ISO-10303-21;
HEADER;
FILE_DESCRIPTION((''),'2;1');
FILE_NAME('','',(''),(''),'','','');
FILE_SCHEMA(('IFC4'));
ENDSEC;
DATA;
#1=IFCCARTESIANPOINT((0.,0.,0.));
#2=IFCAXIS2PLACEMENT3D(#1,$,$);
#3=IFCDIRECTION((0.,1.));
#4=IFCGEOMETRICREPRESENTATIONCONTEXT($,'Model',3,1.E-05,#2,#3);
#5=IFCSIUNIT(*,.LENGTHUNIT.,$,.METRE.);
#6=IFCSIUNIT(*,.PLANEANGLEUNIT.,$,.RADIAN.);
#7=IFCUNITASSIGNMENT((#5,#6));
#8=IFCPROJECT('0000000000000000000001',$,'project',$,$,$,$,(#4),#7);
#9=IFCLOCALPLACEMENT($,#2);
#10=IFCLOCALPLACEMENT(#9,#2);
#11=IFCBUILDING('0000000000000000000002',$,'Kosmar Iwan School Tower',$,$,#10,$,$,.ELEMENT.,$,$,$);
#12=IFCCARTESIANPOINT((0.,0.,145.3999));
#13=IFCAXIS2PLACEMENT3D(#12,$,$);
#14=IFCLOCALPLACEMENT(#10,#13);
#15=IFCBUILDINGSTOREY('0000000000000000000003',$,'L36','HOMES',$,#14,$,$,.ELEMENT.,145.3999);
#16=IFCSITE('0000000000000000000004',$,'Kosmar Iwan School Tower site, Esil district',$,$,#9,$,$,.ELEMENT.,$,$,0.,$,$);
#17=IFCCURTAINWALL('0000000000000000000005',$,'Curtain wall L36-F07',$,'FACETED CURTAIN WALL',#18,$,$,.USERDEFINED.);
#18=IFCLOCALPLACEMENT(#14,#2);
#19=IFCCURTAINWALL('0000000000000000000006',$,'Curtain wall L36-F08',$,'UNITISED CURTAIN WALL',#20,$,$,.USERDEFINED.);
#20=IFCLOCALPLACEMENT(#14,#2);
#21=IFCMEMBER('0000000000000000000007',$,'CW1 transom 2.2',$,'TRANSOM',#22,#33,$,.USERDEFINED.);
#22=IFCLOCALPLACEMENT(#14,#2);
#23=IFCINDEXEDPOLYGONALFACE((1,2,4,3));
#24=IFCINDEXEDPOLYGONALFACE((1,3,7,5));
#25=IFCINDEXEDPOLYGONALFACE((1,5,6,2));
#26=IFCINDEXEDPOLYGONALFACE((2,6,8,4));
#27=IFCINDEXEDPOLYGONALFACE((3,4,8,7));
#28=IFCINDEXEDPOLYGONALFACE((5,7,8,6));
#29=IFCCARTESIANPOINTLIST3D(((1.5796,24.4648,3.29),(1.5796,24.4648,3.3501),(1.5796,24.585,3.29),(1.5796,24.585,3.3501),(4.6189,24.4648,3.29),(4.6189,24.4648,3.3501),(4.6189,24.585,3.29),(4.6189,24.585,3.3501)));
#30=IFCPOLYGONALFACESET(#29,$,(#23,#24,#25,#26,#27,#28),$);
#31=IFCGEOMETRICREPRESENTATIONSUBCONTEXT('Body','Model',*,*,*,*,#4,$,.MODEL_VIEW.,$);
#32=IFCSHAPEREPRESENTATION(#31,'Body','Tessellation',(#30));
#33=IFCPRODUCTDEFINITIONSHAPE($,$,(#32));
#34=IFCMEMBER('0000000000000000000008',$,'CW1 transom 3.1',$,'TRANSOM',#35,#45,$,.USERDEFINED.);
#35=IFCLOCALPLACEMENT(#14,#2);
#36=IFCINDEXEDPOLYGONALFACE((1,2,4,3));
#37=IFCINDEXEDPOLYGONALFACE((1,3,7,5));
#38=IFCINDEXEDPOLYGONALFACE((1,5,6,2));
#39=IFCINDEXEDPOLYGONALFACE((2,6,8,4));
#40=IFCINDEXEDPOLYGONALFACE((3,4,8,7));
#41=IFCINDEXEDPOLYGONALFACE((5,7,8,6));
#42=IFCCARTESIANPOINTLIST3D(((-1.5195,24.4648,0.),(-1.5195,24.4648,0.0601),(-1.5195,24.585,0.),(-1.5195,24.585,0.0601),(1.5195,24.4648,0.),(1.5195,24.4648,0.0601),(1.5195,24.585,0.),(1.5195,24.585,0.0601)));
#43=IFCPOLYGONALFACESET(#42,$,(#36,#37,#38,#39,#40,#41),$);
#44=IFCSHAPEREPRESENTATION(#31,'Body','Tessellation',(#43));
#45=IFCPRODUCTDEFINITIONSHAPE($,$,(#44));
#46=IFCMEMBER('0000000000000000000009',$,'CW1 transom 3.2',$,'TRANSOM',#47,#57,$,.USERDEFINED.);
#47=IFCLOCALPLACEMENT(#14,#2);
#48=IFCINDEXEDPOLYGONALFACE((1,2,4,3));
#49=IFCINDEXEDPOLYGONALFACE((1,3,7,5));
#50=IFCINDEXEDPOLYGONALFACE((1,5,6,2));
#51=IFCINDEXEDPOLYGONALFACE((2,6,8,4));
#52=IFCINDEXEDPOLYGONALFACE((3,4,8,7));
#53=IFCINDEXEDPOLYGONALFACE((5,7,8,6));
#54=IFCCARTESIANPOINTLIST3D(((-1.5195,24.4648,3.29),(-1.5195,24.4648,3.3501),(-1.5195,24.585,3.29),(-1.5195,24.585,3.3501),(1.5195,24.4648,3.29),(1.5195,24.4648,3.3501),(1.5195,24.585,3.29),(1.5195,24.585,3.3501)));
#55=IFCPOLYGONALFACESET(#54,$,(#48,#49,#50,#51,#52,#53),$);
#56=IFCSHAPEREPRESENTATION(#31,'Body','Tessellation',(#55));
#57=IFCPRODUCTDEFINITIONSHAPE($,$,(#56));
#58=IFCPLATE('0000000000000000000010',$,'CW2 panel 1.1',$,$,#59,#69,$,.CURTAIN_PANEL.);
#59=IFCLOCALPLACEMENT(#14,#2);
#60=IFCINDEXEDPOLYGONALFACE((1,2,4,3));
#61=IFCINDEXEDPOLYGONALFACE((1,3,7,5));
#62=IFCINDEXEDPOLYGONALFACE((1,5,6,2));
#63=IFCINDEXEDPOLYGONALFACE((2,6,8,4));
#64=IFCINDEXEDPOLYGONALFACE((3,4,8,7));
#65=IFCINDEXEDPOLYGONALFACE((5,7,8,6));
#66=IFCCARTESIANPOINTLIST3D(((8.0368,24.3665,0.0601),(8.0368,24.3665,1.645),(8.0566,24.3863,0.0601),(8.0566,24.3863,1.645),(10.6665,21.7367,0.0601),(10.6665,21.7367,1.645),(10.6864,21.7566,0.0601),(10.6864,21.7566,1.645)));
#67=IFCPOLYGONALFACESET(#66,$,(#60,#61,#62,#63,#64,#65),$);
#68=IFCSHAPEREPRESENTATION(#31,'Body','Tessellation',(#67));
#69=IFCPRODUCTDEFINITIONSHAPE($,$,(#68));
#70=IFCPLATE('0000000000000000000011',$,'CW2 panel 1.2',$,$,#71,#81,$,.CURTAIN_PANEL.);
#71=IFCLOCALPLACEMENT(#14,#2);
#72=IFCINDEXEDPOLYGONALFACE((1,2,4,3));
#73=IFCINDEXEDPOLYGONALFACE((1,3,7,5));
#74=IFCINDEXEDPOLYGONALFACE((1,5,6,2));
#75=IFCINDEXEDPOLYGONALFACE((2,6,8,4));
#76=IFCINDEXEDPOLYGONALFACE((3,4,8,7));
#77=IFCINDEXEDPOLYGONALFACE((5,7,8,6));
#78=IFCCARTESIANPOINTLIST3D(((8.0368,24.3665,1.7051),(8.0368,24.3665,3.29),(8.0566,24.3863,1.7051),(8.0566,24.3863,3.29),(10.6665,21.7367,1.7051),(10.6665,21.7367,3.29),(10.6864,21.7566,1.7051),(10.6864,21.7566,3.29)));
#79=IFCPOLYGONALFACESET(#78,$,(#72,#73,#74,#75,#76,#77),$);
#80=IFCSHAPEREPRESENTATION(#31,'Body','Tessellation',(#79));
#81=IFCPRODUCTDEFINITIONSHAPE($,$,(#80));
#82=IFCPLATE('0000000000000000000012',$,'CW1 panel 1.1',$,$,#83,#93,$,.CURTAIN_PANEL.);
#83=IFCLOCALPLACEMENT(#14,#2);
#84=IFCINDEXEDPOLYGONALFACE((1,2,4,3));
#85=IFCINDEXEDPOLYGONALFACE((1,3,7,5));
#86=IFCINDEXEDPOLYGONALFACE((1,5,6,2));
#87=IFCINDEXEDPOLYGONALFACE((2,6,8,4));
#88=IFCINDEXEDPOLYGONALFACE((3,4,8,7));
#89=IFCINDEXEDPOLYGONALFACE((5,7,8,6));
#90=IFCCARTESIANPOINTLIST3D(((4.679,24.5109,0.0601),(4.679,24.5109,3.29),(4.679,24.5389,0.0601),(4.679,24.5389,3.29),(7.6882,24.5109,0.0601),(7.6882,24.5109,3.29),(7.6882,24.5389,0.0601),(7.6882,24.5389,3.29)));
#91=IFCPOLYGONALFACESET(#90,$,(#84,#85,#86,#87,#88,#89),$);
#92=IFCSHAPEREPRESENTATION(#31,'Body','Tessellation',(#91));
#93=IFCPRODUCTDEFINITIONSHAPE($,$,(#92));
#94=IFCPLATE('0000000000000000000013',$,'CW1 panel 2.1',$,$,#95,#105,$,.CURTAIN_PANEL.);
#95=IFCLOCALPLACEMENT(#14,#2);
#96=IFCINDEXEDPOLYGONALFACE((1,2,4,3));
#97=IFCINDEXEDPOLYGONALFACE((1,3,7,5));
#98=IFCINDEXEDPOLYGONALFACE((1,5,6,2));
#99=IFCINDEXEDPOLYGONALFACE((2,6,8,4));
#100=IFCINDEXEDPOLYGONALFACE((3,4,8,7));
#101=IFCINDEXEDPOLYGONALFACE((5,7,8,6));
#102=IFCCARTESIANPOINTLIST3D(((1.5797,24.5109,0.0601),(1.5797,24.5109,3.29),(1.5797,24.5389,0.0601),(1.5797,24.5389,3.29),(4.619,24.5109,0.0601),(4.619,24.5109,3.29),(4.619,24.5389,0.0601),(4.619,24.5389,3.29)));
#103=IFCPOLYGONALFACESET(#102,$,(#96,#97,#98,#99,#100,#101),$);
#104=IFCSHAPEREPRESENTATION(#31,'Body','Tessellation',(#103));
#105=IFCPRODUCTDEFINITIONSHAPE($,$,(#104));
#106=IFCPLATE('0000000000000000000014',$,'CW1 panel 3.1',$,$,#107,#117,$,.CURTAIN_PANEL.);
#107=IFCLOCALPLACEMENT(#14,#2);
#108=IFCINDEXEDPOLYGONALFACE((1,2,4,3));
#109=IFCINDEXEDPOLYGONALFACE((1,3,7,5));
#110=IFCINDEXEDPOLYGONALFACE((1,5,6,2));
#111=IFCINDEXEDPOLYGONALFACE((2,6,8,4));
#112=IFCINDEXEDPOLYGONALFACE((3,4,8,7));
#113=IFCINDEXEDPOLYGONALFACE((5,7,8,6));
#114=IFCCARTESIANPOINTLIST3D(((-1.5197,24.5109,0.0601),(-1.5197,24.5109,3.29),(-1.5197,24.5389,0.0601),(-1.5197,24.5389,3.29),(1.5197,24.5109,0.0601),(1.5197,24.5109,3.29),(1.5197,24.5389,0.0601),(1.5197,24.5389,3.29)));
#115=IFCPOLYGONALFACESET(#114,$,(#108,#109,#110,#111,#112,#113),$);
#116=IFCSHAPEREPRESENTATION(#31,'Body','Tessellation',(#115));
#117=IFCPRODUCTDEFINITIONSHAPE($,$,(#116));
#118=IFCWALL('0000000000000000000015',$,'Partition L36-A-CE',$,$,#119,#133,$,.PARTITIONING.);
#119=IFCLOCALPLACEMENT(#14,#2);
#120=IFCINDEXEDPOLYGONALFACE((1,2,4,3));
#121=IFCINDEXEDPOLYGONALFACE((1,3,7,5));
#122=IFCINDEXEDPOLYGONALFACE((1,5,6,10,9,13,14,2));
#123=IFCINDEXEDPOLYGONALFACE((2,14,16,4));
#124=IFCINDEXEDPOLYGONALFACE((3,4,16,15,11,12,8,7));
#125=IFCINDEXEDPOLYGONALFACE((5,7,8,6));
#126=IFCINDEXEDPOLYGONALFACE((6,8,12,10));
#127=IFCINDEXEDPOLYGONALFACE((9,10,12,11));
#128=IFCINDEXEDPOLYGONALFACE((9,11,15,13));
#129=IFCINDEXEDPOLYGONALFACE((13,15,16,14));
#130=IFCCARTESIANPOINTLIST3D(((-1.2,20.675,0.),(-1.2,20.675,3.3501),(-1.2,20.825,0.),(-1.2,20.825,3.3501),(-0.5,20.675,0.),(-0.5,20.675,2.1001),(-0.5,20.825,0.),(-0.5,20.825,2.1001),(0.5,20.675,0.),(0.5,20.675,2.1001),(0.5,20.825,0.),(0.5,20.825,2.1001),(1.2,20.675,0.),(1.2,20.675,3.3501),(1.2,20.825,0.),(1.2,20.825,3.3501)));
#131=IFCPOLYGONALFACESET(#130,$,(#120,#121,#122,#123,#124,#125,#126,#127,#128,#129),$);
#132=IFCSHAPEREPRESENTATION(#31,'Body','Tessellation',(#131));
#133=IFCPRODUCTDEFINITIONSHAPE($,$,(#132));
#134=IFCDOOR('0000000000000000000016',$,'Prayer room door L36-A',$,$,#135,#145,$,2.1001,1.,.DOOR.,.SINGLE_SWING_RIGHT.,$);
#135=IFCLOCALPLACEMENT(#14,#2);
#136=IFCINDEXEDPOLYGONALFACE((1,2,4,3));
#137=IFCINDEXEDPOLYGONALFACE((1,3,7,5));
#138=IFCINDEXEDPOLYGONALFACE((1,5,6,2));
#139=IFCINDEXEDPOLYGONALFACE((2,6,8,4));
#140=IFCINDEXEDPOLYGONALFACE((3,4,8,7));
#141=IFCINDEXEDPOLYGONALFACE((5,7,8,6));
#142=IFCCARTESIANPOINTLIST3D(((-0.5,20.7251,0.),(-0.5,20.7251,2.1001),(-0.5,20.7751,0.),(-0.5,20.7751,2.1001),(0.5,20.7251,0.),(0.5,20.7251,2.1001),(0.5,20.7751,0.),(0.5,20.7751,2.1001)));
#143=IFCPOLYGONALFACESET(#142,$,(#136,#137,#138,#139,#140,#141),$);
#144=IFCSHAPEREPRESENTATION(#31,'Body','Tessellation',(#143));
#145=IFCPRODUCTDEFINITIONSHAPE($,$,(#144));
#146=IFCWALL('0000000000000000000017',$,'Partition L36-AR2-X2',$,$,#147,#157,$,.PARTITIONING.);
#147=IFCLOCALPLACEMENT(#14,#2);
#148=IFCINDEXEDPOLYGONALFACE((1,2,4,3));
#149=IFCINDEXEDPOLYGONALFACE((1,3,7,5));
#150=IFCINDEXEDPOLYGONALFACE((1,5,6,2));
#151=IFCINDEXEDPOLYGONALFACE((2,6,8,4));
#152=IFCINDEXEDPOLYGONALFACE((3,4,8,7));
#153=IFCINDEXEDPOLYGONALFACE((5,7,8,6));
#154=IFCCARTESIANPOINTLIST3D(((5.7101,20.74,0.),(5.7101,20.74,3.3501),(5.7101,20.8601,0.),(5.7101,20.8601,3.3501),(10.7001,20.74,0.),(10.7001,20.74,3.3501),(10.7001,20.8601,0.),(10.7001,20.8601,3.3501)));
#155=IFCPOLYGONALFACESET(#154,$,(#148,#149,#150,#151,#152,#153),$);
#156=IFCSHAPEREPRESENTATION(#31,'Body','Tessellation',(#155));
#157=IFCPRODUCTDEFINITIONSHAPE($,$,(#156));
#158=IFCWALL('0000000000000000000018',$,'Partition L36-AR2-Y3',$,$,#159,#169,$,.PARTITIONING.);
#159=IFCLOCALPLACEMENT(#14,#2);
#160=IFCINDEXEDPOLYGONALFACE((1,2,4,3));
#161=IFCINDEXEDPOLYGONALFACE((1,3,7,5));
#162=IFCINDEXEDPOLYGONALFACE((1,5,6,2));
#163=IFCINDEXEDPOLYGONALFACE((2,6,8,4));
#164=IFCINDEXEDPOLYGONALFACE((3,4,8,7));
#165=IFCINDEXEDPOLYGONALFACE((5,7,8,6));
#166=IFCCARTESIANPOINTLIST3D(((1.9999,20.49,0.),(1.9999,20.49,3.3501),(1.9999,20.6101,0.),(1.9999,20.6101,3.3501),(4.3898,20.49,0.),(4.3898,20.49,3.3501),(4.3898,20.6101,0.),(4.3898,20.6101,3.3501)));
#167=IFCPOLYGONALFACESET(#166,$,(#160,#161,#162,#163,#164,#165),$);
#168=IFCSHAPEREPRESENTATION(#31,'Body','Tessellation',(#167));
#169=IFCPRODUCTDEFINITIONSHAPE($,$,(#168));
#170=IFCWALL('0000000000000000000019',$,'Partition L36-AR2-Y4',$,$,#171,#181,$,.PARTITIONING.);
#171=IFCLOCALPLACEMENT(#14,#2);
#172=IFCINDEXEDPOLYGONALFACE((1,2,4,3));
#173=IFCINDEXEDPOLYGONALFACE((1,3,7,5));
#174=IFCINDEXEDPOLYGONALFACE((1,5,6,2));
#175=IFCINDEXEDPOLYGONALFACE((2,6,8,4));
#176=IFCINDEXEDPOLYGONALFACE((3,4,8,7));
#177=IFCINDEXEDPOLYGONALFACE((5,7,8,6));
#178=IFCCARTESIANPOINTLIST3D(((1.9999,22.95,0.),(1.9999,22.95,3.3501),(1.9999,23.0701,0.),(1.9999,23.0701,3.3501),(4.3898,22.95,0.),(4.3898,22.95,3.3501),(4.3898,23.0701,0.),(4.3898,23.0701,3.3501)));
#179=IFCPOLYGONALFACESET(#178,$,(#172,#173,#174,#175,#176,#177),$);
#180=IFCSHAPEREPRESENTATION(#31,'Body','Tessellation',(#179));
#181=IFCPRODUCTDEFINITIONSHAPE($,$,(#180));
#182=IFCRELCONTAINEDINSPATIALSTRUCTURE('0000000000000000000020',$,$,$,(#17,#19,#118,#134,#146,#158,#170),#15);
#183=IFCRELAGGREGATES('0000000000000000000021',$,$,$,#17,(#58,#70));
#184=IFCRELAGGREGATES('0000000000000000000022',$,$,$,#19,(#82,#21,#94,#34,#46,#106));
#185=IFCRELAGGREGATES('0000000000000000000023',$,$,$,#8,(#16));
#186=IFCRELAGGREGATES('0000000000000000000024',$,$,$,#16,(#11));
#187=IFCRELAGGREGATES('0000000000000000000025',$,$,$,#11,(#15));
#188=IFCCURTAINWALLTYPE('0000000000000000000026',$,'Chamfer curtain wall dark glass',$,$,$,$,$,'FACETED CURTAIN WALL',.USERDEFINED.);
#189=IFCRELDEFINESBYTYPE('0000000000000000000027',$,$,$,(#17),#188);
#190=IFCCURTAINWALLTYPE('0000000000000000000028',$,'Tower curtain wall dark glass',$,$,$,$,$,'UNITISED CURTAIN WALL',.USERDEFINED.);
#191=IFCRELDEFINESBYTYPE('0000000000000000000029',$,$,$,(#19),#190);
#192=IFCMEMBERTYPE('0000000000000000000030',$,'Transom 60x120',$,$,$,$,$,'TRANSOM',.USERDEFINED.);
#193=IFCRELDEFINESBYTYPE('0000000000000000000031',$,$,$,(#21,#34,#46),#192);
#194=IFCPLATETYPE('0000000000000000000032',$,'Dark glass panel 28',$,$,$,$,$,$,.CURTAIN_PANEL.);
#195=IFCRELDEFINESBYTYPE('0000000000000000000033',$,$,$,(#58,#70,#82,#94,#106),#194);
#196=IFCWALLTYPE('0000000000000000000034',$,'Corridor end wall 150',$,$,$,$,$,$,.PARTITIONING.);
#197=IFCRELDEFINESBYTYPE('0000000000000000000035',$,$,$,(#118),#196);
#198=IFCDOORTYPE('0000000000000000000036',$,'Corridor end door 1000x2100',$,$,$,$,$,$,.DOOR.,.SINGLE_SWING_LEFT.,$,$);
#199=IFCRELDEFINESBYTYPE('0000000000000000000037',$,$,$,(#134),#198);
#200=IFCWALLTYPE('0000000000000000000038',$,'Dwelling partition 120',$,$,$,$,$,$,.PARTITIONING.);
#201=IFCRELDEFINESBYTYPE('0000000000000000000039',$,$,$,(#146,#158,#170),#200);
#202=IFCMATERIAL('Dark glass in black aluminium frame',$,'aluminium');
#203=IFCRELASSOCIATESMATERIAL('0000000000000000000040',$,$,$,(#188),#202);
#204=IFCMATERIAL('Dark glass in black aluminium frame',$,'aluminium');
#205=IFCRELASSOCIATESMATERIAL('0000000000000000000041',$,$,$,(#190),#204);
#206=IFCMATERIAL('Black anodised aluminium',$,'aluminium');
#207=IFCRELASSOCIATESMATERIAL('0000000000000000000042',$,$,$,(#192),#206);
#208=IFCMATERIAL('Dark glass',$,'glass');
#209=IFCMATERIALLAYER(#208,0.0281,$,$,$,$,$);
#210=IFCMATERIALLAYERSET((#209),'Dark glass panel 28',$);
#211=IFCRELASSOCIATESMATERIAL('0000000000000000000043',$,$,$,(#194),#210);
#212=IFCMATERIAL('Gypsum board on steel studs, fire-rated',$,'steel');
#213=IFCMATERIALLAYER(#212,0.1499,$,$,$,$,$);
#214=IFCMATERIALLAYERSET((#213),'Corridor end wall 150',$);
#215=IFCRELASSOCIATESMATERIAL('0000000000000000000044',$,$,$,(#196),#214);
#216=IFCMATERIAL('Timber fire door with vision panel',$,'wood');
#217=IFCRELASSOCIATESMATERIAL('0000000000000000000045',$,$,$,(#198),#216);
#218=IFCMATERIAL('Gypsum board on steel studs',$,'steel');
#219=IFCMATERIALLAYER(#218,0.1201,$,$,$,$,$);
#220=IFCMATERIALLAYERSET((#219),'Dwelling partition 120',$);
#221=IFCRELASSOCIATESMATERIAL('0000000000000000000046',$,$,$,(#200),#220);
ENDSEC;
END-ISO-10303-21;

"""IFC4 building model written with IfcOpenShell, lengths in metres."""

from ifc_helpers import new_model, si_unit, direction, frame, frame_2d, origin, origin_2d, place, context, subcontext, project, spatial, rectangle, extrude, material, layer, layer_set, material_profile, profile_set, type_object, element, fill, aggregate, save


model = new_model("IFC4")

# Units and contexts
model_context = context("Model", 3, precision=1e-05, world=origin(), true_north=direction((0.0, 1.0)))
body_context = subcontext(model_context, "Body", "Model", "MODEL_VIEW")
ifc_project = project(units=[si_unit("LENGTHUNIT", "METRE"), si_unit("PLANEANGLEUNIT", "RADIAN")], contexts=[model_context])

# Site, building, storey
site_placement = place(None, origin())
site = spatial("IfcSite", under=ifc_project, at=site_placement, Name="Kosmar Iwan School Tower site, Esil district", CompositionType="ELEMENT", RefElevation=0.0)
building_placement = place(site_placement, origin())
building = spatial("IfcBuilding", under=site, at=building_placement, Name="Kosmar Iwan School Tower", CompositionType="ELEMENT")
storey_placement = place(building_placement, frame((0.0, 0.0, 145.3999)))
storey = spatial("IfcBuildingStorey", under=building, at=storey_placement, Name="L36", Description="HOMES", CompositionType="ELEMENT", Elevation=145.3999)

# Curtain walls
ifc_material_1 = material(Name="Dark glass in black aluminium frame", Category="aluminium")
curtain_wall_type_1 = type_object("IfcCurtainWallType", Name="Chamfer curtain wall dark glass", ElementType="FACETED CURTAIN WALL", PredefinedType="USERDEFINED", material=ifc_material_1)
curtain_wall_1_placement = place(storey_placement, origin())
curtain_wall_1 = element("IfcCurtainWall", 1, at=curtain_wall_1_placement, inside=storey, type_object=curtain_wall_type_1, Name="Curtain wall L36-F07", ObjectType="FACETED CURTAIN WALL", PredefinedType="USERDEFINED")
ifc_material_2 = material(Name="Dark glass in black aluminium frame", Category="aluminium")
curtain_wall_type_2 = type_object("IfcCurtainWallType", Name="Tower curtain wall dark glass", ElementType="UNITISED CURTAIN WALL", PredefinedType="USERDEFINED", material=ifc_material_2)
curtain_wall_2_placement = place(storey_placement, origin())
curtain_wall_2 = element("IfcCurtainWall", 2, at=curtain_wall_2_placement, inside=storey, type_object=curtain_wall_type_2, Name="Curtain wall L36-F08", ObjectType="UNITISED CURTAIN WALL", PredefinedType="USERDEFINED")

# Members
ifc_material_3 = material(Name="Black anodised aluminium", Category="aluminium")
ifc_material_profile_1 = material_profile(ifc_material_3, rectangle(XDim=0.1201, YDim=0.0601, at=origin_2d()), Name="TRANSOM 60x120")
ifc_profile_set_1 = profile_set([ifc_material_profile_1], Name="Black anodised aluminium")
member_type_1 = type_object("IfcMemberType", Name="Transom 60x120", ElementType="TRANSOM", PredefinedType="USERDEFINED", material=ifc_profile_set_1)
member_1_placement = place(storey_placement, frame((4.6189, 24.5249, 3.3201), z_axis=(-1.0, 0.0, 0.0), x_axis=(0.0, -1.0, 0.0)))
member_1 = element("IfcMember", 3, at=member_1_placement, type_object=member_type_1, Name="CW1 transom 2.2", ObjectType="TRANSOM", PredefinedType="USERDEFINED", context=body_context, shape_type="SweptSolid", body=[
    extrude(rectangle(XDim=0.1201, YDim=0.0601, at=origin_2d()), origin(), (0.0, 0.0, 1.0), 3.0393),
])
member_2_placement = place(storey_placement, frame((1.5195, 24.5249, 0.03), z_axis=(-1.0, 0.0, 0.0), x_axis=(0.0, -1.0, 0.0)))
member_2 = element("IfcMember", 4, at=member_2_placement, type_object=member_type_1, Name="CW1 transom 3.1", ObjectType="TRANSOM", PredefinedType="USERDEFINED", context=body_context, shape_type="SweptSolid", body=[
    extrude(rectangle(XDim=0.1201, YDim=0.0601, at=origin_2d()), origin(), (0.0, 0.0, 1.0), 3.0391),
])
member_3_placement = place(storey_placement, frame((1.5195, 24.5249, 3.3201), z_axis=(-1.0, 0.0, 0.0), x_axis=(0.0, -1.0, 0.0)))
member_3 = element("IfcMember", 5, at=member_3_placement, type_object=member_type_1, Name="CW1 transom 3.2", ObjectType="TRANSOM", PredefinedType="USERDEFINED", context=body_context, shape_type="SweptSolid", body=[
    extrude(rectangle(XDim=0.1201, YDim=0.0601, at=origin_2d()), origin(), (0.0, 0.0, 1.0), 3.0391),
])

# Plates
ifc_material_4 = material(Name="Dark glass", Category="glass")
ifc_layer_1 = layer(ifc_material_4, 0.0281)
ifc_layer_set_1 = layer_set([ifc_layer_1], Name="Dark glass panel 28")
plate_type = type_object("IfcPlateType", Name="Dark glass panel 28", PredefinedType="CURTAIN_PANEL", material=ifc_layer_set_1)
plate_1_placement = place(storey_placement, frame((9.3616, 23.0615, 0.0601), z_axis=(0.0, 0.0, 1.0), x_axis=(-0.707107, 0.707107, 0.0)))
plate_1 = element("IfcPlate", 6, at=plate_1_placement, type_object=plate_type, Name="CW2 panel 1.1", PredefinedType="CURTAIN_PANEL", context=body_context, shape_type="SweptSolid", body=[
    extrude(rectangle(XDim=3.719, YDim=0.0281, at=origin_2d()), origin(), (0.0, 0.0, 1.0), 1.585),
])
plate_2_placement = place(storey_placement, frame((9.3616, 23.0615, 1.7051), z_axis=(0.0, 0.0, 1.0), x_axis=(-0.707107, 0.707107, 0.0)))
plate_2 = element("IfcPlate", 7, at=plate_2_placement, type_object=plate_type, Name="CW2 panel 1.2", PredefinedType="CURTAIN_PANEL", context=body_context, shape_type="SweptSolid", body=[
    extrude(rectangle(XDim=3.719, YDim=0.0281, at=origin_2d()), origin(), (0.0, 0.0, 1.0), 1.585),
])
aggregate(curtain_wall_1, [plate_1, plate_2])
plate_3_placement = place(storey_placement, frame((6.1836, 24.5249, 0.0601), z_axis=(0.0, 0.0, 1.0), x_axis=(-1.0, 0.0, 0.0)))
plate_3 = element("IfcPlate", 8, at=plate_3_placement, type_object=plate_type, Name="CW1 panel 1.1", PredefinedType="CURTAIN_PANEL", context=body_context, shape_type="SweptSolid", body=[
    extrude(rectangle(XDim=3.0093, YDim=0.0281, at=origin_2d()), origin(), (0.0, 0.0, 1.0), 3.23),
])
plate_4_placement = place(storey_placement, frame((3.0994, 24.5249, 0.0601), z_axis=(0.0, 0.0, 1.0), x_axis=(-1.0, 0.0, 0.0)))
plate_4 = element("IfcPlate", 9, at=plate_4_placement, type_object=plate_type, Name="CW1 panel 2.1", PredefinedType="CURTAIN_PANEL", context=body_context, shape_type="SweptSolid", body=[
    extrude(rectangle(XDim=3.0393, YDim=0.0281, at=origin_2d()), origin(), (0.0, 0.0, 1.0), 3.23),
])
plate_5_placement = place(storey_placement, frame((0.0, 24.5249, 0.0601), z_axis=(0.0, 0.0, 1.0), x_axis=(-1.0, 0.0, 0.0)))
plate_5 = element("IfcPlate", 10, at=plate_5_placement, type_object=plate_type, Name="CW1 panel 3.1", PredefinedType="CURTAIN_PANEL", context=body_context, shape_type="SweptSolid", body=[
    extrude(rectangle(XDim=3.0393, YDim=0.0281, at=origin_2d()), origin(), (0.0, 0.0, 1.0), 3.23),
])
aggregate(curtain_wall_2, [plate_3, member_1, plate_4, member_2, member_3, plate_5])

# Wall, opening, door
ifc_material_5 = material(Name="Gypsum board on steel studs, fire-rated", Category="steel")
ifc_layer_2 = layer(ifc_material_5, 0.1499)
ifc_layer_set_2 = layer_set([ifc_layer_2], Name="Corridor end wall 150")
wall_type_1 = type_object("IfcWallType", Name="Corridor end wall 150", PredefinedType="PARTITIONING", material=ifc_layer_set_2)
wall_1_placement = place(storey_placement, frame((1.2, 20.75, 0.0), z_axis=(0.0, 0.0, 1.0), x_axis=(-1.0, 0.0, 0.0)))
wall_1 = element("IfcWall", 11, at=wall_1_placement, inside=storey, type_object=wall_type_1, Name="Partition L36-A-CE", PredefinedType="PARTITIONING", context=body_context, shape_type="SweptSolid", body=[
    extrude(rectangle(XDim=2.3999, YDim=0.1499, at=frame_2d((1.2, 0.0))), origin(), (0.0, 0.0, 1.0), 3.3501),
])
opening_placement = place(wall_1_placement, frame((0.7, 0.0, 0.0)))
opening = element("IfcOpeningElement", 12, at=opening_placement, cuts=wall_1, PredefinedType="OPENING", context=body_context, shape_type="SweptSolid", body=[
    extrude(rectangle(XDim=1.0, YDim=2.1001, at=frame_2d((0.5, 1.05))), frame((0.0, 0.0869, 0.0), z_axis=(0.0, -1.0, 0.0), x_axis=(1.0, 0.0, 0.0)), (0.0, 0.0, 1.0), 0.1738),
])
ifc_material_6 = material(Name="Timber fire door with vision panel", Category="wood")
door_type = type_object("IfcDoorType", Name="Corridor end door 1000x2100", OperationType="SINGLE_SWING_LEFT", PredefinedType="DOOR", material=ifc_material_6)
door_placement = place(opening_placement, origin())
door = element("IfcDoor", 13, at=door_placement, inside=storey, type_object=door_type, Name="Prayer room door L36-A", OperationType="SINGLE_SWING_RIGHT", OverallHeight=2.1001, OverallWidth=1.0, PredefinedType="DOOR", context=body_context, shape_type="SweptSolid", body=[
    extrude(rectangle(XDim=1.0, YDim=2.1001, at=frame_2d((0.5, 1.05))), frame((0.0, 0.0249, 0.0), z_axis=(0.0, -1.0, 0.0), x_axis=(1.0, 0.0, 0.0)), (0.0, 0.0, 1.0), 0.05),
])
fill(opening, door)

# Walls
ifc_material_7 = material(Name="Gypsum board on steel studs", Category="steel")
ifc_layer_3 = layer(ifc_material_7, 0.1201)
ifc_layer_set_3 = layer_set([ifc_layer_3], Name="Dwelling partition 120")
wall_type_2 = type_object("IfcWallType", Name="Dwelling partition 120", PredefinedType="PARTITIONING", material=ifc_layer_set_3)
wall_2_placement = place(storey_placement, frame((5.71, 20.8, 0.0), z_axis=(0.0, 0.0, 1.0), x_axis=(1.0, 0.0, 0.0)))
element("IfcWall", 14, at=wall_2_placement, inside=storey, type_object=wall_type_2, Name="Partition L36-AR2-X2", PredefinedType="PARTITIONING", context=body_context, shape_type="SweptSolid", body=[
    extrude(rectangle(XDim=4.99, YDim=0.1201, at=frame_2d((2.4951, 0.0))), origin(), (0.0, 0.0, 1.0), 3.3501),
])
for number, where, z_axis, x_axis, name in (
    (15, (2.0, 20.55, 0.0), (0.0, 0.0, 1.0), (1.0, 0.0, 0.0), "Partition L36-AR2-Y3"),
    (16, (2.0, 23.01, 0.0), (0.0, 0.0, 1.0), (1.0, 0.0, 0.0), "Partition L36-AR2-Y4"),
):
    element("IfcWall", number, at=place(storey_placement, frame(where, z_axis=z_axis, x_axis=x_axis)), inside=storey, type_object=wall_type_2, Name=name, PredefinedType="PARTITIONING", context=body_context, shape_type="SweptSolid", body=[
        extrude(rectangle(XDim=2.3899, YDim=0.1201, at=frame_2d((1.1948, 0.0))), origin(), (0.0, 0.0, 1.0), 3.3501),
    ])

save(model, "model.ifc")
